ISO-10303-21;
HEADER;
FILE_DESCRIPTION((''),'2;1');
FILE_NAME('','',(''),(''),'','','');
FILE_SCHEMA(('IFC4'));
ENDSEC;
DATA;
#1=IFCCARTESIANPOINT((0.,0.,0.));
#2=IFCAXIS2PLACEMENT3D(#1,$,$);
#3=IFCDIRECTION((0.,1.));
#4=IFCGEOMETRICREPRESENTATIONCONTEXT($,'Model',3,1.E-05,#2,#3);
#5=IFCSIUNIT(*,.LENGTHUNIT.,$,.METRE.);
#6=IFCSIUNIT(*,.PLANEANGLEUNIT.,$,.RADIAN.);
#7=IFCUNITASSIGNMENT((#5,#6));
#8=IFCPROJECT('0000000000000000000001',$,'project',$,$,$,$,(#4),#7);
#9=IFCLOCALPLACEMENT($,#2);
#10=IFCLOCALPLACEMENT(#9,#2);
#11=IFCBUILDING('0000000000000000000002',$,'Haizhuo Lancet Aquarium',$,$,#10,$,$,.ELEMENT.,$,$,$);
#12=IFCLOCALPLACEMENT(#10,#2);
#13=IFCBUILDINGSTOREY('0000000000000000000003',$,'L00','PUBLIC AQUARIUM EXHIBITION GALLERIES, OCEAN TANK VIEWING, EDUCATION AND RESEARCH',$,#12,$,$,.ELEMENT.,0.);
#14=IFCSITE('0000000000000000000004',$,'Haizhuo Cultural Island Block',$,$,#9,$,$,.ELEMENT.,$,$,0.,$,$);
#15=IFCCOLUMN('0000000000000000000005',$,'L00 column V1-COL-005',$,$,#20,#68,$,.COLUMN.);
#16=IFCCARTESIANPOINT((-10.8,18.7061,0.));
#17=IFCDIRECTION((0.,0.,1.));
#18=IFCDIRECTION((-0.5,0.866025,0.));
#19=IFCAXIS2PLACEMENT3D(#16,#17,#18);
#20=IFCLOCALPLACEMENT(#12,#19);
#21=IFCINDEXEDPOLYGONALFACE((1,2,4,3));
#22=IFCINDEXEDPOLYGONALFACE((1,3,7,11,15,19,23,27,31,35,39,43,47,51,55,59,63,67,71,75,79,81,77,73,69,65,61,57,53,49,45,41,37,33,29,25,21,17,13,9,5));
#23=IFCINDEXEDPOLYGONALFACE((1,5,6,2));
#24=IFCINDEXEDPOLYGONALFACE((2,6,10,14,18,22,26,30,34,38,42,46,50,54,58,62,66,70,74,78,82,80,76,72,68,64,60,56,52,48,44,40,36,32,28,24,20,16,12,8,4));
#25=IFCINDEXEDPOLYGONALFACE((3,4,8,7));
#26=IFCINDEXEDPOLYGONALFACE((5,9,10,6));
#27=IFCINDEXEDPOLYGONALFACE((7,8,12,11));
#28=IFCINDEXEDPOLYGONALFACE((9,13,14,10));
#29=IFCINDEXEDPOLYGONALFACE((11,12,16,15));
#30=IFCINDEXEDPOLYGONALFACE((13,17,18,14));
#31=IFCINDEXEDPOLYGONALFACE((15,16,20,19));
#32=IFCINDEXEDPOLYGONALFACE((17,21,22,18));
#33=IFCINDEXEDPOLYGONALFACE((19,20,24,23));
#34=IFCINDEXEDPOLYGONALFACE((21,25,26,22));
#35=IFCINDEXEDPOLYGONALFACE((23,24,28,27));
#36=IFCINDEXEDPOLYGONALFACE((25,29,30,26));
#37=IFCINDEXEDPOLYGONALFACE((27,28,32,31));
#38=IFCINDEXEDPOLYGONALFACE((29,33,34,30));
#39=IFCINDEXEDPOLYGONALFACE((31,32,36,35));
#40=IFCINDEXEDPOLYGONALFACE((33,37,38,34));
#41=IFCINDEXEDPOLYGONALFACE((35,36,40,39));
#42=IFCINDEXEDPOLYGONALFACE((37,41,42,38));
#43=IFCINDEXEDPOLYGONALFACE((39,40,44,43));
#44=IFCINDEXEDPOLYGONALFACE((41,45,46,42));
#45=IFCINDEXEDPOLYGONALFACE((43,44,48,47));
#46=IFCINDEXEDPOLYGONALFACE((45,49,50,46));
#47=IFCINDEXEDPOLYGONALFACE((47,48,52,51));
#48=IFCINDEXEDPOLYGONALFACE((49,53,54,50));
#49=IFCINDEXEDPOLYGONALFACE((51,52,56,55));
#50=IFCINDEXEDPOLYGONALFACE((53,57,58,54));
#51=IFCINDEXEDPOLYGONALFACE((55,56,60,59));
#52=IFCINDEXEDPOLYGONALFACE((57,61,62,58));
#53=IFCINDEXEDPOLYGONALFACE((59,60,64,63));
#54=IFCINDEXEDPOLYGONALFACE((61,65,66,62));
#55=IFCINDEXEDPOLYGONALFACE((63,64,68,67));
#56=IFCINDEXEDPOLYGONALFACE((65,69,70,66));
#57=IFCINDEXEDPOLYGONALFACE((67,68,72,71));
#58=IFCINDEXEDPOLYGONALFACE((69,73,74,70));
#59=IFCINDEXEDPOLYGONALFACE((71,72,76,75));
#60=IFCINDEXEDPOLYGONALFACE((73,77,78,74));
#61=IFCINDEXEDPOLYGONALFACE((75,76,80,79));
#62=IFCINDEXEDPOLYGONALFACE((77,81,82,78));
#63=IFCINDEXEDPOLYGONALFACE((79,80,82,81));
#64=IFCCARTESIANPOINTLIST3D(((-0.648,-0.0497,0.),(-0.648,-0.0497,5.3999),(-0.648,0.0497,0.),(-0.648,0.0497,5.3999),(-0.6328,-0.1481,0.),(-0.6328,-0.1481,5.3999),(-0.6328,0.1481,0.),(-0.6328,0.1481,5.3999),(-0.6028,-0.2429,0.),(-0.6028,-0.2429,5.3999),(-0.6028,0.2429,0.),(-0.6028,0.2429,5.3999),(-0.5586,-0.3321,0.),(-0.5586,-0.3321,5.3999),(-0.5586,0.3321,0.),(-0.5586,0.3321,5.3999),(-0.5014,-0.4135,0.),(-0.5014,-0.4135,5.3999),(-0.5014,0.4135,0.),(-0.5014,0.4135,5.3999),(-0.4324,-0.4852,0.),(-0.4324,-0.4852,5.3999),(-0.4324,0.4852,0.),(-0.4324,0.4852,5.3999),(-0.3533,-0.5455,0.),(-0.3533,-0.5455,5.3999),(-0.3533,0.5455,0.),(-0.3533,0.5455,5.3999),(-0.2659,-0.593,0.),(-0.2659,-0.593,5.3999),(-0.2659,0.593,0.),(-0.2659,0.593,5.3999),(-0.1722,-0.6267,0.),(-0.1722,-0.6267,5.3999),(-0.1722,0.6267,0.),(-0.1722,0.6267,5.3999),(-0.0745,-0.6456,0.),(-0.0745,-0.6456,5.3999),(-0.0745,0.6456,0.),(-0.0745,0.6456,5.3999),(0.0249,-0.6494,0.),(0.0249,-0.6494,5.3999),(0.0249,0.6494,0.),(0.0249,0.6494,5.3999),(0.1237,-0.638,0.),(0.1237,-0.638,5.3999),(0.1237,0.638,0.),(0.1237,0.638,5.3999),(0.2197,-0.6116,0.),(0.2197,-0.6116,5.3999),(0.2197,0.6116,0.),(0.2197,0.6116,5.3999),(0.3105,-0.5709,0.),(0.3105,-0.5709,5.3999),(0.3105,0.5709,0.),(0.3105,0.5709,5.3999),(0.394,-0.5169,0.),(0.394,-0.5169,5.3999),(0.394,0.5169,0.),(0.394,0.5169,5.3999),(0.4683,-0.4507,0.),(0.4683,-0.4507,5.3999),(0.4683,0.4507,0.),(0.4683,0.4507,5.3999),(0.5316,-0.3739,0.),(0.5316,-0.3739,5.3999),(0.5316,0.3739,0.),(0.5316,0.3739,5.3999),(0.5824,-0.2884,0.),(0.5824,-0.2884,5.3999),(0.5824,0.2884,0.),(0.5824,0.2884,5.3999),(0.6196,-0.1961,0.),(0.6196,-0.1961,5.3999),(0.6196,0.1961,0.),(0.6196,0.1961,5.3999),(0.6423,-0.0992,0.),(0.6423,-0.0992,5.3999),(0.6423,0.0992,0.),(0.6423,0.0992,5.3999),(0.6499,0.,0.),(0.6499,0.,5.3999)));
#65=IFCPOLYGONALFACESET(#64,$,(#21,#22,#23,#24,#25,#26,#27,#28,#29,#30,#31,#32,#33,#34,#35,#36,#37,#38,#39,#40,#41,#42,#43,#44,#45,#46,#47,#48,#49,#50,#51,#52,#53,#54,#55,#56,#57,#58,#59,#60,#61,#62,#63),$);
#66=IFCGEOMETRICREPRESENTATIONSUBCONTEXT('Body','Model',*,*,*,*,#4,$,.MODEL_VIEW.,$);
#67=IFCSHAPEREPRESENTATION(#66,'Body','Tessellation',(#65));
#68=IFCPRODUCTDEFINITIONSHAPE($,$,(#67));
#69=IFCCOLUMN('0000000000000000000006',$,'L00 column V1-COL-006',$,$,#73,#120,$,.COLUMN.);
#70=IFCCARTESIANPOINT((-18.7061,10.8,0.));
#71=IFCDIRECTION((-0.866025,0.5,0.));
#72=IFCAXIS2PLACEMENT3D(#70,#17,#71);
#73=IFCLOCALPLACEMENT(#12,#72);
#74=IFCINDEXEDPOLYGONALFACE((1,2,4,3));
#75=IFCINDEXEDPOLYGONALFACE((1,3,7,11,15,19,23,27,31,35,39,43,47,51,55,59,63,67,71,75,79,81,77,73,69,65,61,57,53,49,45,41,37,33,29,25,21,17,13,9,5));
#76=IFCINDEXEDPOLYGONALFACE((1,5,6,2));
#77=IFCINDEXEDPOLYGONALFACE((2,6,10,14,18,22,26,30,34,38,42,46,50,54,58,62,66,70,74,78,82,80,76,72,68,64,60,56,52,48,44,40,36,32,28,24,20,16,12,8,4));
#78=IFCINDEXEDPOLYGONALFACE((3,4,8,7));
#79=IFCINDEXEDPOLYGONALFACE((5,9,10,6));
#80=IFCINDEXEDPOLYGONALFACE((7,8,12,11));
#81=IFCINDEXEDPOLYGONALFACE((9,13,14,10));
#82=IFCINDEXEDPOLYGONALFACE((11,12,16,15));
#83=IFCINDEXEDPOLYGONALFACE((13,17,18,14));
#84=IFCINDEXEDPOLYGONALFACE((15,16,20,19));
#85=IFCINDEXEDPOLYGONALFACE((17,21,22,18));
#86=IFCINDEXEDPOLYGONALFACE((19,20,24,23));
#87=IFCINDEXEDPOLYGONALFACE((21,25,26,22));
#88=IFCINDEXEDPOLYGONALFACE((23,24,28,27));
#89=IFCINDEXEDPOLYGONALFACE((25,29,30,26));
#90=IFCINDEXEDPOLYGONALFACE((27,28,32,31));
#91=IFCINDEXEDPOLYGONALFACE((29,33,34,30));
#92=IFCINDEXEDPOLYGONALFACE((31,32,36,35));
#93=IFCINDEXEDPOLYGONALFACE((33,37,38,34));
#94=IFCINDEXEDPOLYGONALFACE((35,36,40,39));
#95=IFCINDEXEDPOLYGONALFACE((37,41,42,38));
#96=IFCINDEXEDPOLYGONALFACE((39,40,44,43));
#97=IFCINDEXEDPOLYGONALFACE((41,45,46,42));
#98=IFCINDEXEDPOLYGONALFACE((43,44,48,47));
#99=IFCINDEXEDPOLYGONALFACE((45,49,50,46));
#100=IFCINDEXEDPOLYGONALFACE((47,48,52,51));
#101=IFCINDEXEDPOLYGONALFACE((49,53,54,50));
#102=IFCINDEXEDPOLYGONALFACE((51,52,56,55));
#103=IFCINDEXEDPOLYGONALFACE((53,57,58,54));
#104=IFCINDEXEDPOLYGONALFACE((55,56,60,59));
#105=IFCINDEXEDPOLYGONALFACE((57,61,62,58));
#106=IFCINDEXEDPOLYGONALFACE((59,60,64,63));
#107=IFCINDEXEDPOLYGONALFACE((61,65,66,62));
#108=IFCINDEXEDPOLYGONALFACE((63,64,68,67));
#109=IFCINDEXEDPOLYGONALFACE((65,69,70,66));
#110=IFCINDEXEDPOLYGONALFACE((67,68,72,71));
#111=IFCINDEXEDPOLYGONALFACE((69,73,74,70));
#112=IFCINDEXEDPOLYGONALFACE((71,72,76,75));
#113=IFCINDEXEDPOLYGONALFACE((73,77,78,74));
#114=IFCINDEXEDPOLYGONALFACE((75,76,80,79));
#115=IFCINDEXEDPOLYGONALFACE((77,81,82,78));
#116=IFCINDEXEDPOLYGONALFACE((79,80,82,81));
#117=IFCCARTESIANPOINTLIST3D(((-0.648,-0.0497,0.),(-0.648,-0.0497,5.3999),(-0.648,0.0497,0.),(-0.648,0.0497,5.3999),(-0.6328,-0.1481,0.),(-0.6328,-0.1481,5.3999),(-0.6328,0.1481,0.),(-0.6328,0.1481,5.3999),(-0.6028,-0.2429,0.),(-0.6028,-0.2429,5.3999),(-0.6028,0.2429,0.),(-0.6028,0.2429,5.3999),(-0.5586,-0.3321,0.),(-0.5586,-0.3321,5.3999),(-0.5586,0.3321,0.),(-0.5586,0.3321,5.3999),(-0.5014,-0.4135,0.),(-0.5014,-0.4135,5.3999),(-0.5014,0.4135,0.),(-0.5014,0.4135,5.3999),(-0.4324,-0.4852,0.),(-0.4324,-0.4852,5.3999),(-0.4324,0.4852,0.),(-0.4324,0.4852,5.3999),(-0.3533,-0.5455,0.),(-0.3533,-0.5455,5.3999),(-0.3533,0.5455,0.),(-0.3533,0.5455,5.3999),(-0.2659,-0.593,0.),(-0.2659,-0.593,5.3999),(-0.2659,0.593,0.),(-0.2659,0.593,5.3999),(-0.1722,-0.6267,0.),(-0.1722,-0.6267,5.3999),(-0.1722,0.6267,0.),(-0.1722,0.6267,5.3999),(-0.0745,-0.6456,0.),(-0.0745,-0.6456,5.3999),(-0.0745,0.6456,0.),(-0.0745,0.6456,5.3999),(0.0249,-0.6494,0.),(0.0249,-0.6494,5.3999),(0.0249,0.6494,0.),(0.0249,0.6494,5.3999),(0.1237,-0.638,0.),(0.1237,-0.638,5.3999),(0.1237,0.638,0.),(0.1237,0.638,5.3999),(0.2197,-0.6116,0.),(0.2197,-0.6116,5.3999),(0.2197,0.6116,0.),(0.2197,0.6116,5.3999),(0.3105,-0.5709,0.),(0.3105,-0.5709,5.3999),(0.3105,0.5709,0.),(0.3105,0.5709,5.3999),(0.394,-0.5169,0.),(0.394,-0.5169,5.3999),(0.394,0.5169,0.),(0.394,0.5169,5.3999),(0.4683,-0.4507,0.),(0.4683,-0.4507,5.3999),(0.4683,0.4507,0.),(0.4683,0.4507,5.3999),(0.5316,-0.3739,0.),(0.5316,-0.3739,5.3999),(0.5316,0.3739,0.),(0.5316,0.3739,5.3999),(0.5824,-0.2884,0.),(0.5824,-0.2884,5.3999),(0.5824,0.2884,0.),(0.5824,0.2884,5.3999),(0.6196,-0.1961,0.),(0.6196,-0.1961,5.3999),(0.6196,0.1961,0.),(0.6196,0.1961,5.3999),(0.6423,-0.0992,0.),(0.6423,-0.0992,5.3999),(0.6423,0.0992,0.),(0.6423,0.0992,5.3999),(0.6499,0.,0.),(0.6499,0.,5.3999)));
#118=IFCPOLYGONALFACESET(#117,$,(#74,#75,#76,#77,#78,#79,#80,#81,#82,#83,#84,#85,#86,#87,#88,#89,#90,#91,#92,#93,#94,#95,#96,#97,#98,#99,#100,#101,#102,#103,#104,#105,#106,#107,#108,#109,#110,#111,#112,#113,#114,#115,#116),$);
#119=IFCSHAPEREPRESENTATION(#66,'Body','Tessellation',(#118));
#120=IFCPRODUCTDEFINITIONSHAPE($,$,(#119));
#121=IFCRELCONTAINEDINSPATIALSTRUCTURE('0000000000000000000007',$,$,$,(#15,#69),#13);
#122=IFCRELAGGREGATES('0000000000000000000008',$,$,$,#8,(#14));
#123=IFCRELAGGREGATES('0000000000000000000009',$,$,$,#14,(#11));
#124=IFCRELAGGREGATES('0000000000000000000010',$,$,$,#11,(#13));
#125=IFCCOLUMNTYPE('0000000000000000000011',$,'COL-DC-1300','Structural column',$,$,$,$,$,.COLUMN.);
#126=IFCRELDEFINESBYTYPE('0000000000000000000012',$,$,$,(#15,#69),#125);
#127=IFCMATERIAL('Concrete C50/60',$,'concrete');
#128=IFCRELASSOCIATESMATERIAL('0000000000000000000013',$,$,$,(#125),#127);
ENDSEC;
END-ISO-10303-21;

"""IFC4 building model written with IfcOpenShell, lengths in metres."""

from ifc_helpers import new_model, si_unit, direction, frame, origin, origin_2d, place, context, subcontext, project, spatial, circle, extrude, material, material_profile, profile_set, type_object, element, save


model = new_model("IFC4")

# Units and contexts
model_context = context("Model", 3, precision=1e-05, world=origin(), true_north=direction((0.0, 1.0)))
body_context = subcontext(model_context, "Body", "Model", "MODEL_VIEW")
ifc_project = project(units=[si_unit("LENGTHUNIT", "METRE"), si_unit("PLANEANGLEUNIT", "RADIAN")], contexts=[model_context])

# Site, building, storey
site_placement = place(None, origin())
site = spatial("IfcSite", under=ifc_project, at=site_placement, Name="Haizhuo Cultural Island Block", CompositionType="ELEMENT", RefElevation=0.0)
building_placement = place(site_placement, origin())
building = spatial("IfcBuilding", under=site, at=building_placement, Name="Haizhuo Lancet Aquarium", CompositionType="ELEMENT")
storey_placement = place(building_placement, origin())
storey = spatial("IfcBuildingStorey", under=building, at=storey_placement, Name="L00", Description="PUBLIC AQUARIUM EXHIBITION GALLERIES, OCEAN TANK VIEWING, EDUCATION AND RESEARCH", CompositionType="ELEMENT", Elevation=0.0)

# Columns
ifc_material_1 = material(Name="Concrete C50/60", Category="concrete")
ifc_material_profile_1 = material_profile(ifc_material_1, circle(Radius=0.6499, at=origin_2d()), Name="RC-DC 1300")
ifc_profile_set_1 = profile_set([ifc_material_profile_1], Name="Concrete C50/60")
column_type_1 = type_object("IfcColumnType", Name="COL-DC-1300", Description="Structural column", PredefinedType="COLUMN", material=ifc_profile_set_1)
for number, where, z_axis, x_axis, name in (
    (1, (-10.8, 18.7061, 0.0), (0.0, 0.0, 1.0), (-0.5, 0.866025, 0.0), "L00 column V1-COL-005"),
    (2, (-18.7061, 10.8, 0.0), (0.0, 0.0, 1.0), (-0.866025, 0.5, 0.0), "L00 column V1-COL-006"),
):
    element("IfcColumn", number, at=place(storey_placement, frame(where, z_axis=z_axis, x_axis=x_axis)), inside=storey, type_object=column_type_1, Name=name, PredefinedType="COLUMN", context=body_context, shape_type="SweptSolid", body=[
        extrude(circle(Radius=0.6499, at=origin_2d()), origin(), (0.0, 0.0, 1.0), 5.3999),
    ])

save(model, "model.ifc")
